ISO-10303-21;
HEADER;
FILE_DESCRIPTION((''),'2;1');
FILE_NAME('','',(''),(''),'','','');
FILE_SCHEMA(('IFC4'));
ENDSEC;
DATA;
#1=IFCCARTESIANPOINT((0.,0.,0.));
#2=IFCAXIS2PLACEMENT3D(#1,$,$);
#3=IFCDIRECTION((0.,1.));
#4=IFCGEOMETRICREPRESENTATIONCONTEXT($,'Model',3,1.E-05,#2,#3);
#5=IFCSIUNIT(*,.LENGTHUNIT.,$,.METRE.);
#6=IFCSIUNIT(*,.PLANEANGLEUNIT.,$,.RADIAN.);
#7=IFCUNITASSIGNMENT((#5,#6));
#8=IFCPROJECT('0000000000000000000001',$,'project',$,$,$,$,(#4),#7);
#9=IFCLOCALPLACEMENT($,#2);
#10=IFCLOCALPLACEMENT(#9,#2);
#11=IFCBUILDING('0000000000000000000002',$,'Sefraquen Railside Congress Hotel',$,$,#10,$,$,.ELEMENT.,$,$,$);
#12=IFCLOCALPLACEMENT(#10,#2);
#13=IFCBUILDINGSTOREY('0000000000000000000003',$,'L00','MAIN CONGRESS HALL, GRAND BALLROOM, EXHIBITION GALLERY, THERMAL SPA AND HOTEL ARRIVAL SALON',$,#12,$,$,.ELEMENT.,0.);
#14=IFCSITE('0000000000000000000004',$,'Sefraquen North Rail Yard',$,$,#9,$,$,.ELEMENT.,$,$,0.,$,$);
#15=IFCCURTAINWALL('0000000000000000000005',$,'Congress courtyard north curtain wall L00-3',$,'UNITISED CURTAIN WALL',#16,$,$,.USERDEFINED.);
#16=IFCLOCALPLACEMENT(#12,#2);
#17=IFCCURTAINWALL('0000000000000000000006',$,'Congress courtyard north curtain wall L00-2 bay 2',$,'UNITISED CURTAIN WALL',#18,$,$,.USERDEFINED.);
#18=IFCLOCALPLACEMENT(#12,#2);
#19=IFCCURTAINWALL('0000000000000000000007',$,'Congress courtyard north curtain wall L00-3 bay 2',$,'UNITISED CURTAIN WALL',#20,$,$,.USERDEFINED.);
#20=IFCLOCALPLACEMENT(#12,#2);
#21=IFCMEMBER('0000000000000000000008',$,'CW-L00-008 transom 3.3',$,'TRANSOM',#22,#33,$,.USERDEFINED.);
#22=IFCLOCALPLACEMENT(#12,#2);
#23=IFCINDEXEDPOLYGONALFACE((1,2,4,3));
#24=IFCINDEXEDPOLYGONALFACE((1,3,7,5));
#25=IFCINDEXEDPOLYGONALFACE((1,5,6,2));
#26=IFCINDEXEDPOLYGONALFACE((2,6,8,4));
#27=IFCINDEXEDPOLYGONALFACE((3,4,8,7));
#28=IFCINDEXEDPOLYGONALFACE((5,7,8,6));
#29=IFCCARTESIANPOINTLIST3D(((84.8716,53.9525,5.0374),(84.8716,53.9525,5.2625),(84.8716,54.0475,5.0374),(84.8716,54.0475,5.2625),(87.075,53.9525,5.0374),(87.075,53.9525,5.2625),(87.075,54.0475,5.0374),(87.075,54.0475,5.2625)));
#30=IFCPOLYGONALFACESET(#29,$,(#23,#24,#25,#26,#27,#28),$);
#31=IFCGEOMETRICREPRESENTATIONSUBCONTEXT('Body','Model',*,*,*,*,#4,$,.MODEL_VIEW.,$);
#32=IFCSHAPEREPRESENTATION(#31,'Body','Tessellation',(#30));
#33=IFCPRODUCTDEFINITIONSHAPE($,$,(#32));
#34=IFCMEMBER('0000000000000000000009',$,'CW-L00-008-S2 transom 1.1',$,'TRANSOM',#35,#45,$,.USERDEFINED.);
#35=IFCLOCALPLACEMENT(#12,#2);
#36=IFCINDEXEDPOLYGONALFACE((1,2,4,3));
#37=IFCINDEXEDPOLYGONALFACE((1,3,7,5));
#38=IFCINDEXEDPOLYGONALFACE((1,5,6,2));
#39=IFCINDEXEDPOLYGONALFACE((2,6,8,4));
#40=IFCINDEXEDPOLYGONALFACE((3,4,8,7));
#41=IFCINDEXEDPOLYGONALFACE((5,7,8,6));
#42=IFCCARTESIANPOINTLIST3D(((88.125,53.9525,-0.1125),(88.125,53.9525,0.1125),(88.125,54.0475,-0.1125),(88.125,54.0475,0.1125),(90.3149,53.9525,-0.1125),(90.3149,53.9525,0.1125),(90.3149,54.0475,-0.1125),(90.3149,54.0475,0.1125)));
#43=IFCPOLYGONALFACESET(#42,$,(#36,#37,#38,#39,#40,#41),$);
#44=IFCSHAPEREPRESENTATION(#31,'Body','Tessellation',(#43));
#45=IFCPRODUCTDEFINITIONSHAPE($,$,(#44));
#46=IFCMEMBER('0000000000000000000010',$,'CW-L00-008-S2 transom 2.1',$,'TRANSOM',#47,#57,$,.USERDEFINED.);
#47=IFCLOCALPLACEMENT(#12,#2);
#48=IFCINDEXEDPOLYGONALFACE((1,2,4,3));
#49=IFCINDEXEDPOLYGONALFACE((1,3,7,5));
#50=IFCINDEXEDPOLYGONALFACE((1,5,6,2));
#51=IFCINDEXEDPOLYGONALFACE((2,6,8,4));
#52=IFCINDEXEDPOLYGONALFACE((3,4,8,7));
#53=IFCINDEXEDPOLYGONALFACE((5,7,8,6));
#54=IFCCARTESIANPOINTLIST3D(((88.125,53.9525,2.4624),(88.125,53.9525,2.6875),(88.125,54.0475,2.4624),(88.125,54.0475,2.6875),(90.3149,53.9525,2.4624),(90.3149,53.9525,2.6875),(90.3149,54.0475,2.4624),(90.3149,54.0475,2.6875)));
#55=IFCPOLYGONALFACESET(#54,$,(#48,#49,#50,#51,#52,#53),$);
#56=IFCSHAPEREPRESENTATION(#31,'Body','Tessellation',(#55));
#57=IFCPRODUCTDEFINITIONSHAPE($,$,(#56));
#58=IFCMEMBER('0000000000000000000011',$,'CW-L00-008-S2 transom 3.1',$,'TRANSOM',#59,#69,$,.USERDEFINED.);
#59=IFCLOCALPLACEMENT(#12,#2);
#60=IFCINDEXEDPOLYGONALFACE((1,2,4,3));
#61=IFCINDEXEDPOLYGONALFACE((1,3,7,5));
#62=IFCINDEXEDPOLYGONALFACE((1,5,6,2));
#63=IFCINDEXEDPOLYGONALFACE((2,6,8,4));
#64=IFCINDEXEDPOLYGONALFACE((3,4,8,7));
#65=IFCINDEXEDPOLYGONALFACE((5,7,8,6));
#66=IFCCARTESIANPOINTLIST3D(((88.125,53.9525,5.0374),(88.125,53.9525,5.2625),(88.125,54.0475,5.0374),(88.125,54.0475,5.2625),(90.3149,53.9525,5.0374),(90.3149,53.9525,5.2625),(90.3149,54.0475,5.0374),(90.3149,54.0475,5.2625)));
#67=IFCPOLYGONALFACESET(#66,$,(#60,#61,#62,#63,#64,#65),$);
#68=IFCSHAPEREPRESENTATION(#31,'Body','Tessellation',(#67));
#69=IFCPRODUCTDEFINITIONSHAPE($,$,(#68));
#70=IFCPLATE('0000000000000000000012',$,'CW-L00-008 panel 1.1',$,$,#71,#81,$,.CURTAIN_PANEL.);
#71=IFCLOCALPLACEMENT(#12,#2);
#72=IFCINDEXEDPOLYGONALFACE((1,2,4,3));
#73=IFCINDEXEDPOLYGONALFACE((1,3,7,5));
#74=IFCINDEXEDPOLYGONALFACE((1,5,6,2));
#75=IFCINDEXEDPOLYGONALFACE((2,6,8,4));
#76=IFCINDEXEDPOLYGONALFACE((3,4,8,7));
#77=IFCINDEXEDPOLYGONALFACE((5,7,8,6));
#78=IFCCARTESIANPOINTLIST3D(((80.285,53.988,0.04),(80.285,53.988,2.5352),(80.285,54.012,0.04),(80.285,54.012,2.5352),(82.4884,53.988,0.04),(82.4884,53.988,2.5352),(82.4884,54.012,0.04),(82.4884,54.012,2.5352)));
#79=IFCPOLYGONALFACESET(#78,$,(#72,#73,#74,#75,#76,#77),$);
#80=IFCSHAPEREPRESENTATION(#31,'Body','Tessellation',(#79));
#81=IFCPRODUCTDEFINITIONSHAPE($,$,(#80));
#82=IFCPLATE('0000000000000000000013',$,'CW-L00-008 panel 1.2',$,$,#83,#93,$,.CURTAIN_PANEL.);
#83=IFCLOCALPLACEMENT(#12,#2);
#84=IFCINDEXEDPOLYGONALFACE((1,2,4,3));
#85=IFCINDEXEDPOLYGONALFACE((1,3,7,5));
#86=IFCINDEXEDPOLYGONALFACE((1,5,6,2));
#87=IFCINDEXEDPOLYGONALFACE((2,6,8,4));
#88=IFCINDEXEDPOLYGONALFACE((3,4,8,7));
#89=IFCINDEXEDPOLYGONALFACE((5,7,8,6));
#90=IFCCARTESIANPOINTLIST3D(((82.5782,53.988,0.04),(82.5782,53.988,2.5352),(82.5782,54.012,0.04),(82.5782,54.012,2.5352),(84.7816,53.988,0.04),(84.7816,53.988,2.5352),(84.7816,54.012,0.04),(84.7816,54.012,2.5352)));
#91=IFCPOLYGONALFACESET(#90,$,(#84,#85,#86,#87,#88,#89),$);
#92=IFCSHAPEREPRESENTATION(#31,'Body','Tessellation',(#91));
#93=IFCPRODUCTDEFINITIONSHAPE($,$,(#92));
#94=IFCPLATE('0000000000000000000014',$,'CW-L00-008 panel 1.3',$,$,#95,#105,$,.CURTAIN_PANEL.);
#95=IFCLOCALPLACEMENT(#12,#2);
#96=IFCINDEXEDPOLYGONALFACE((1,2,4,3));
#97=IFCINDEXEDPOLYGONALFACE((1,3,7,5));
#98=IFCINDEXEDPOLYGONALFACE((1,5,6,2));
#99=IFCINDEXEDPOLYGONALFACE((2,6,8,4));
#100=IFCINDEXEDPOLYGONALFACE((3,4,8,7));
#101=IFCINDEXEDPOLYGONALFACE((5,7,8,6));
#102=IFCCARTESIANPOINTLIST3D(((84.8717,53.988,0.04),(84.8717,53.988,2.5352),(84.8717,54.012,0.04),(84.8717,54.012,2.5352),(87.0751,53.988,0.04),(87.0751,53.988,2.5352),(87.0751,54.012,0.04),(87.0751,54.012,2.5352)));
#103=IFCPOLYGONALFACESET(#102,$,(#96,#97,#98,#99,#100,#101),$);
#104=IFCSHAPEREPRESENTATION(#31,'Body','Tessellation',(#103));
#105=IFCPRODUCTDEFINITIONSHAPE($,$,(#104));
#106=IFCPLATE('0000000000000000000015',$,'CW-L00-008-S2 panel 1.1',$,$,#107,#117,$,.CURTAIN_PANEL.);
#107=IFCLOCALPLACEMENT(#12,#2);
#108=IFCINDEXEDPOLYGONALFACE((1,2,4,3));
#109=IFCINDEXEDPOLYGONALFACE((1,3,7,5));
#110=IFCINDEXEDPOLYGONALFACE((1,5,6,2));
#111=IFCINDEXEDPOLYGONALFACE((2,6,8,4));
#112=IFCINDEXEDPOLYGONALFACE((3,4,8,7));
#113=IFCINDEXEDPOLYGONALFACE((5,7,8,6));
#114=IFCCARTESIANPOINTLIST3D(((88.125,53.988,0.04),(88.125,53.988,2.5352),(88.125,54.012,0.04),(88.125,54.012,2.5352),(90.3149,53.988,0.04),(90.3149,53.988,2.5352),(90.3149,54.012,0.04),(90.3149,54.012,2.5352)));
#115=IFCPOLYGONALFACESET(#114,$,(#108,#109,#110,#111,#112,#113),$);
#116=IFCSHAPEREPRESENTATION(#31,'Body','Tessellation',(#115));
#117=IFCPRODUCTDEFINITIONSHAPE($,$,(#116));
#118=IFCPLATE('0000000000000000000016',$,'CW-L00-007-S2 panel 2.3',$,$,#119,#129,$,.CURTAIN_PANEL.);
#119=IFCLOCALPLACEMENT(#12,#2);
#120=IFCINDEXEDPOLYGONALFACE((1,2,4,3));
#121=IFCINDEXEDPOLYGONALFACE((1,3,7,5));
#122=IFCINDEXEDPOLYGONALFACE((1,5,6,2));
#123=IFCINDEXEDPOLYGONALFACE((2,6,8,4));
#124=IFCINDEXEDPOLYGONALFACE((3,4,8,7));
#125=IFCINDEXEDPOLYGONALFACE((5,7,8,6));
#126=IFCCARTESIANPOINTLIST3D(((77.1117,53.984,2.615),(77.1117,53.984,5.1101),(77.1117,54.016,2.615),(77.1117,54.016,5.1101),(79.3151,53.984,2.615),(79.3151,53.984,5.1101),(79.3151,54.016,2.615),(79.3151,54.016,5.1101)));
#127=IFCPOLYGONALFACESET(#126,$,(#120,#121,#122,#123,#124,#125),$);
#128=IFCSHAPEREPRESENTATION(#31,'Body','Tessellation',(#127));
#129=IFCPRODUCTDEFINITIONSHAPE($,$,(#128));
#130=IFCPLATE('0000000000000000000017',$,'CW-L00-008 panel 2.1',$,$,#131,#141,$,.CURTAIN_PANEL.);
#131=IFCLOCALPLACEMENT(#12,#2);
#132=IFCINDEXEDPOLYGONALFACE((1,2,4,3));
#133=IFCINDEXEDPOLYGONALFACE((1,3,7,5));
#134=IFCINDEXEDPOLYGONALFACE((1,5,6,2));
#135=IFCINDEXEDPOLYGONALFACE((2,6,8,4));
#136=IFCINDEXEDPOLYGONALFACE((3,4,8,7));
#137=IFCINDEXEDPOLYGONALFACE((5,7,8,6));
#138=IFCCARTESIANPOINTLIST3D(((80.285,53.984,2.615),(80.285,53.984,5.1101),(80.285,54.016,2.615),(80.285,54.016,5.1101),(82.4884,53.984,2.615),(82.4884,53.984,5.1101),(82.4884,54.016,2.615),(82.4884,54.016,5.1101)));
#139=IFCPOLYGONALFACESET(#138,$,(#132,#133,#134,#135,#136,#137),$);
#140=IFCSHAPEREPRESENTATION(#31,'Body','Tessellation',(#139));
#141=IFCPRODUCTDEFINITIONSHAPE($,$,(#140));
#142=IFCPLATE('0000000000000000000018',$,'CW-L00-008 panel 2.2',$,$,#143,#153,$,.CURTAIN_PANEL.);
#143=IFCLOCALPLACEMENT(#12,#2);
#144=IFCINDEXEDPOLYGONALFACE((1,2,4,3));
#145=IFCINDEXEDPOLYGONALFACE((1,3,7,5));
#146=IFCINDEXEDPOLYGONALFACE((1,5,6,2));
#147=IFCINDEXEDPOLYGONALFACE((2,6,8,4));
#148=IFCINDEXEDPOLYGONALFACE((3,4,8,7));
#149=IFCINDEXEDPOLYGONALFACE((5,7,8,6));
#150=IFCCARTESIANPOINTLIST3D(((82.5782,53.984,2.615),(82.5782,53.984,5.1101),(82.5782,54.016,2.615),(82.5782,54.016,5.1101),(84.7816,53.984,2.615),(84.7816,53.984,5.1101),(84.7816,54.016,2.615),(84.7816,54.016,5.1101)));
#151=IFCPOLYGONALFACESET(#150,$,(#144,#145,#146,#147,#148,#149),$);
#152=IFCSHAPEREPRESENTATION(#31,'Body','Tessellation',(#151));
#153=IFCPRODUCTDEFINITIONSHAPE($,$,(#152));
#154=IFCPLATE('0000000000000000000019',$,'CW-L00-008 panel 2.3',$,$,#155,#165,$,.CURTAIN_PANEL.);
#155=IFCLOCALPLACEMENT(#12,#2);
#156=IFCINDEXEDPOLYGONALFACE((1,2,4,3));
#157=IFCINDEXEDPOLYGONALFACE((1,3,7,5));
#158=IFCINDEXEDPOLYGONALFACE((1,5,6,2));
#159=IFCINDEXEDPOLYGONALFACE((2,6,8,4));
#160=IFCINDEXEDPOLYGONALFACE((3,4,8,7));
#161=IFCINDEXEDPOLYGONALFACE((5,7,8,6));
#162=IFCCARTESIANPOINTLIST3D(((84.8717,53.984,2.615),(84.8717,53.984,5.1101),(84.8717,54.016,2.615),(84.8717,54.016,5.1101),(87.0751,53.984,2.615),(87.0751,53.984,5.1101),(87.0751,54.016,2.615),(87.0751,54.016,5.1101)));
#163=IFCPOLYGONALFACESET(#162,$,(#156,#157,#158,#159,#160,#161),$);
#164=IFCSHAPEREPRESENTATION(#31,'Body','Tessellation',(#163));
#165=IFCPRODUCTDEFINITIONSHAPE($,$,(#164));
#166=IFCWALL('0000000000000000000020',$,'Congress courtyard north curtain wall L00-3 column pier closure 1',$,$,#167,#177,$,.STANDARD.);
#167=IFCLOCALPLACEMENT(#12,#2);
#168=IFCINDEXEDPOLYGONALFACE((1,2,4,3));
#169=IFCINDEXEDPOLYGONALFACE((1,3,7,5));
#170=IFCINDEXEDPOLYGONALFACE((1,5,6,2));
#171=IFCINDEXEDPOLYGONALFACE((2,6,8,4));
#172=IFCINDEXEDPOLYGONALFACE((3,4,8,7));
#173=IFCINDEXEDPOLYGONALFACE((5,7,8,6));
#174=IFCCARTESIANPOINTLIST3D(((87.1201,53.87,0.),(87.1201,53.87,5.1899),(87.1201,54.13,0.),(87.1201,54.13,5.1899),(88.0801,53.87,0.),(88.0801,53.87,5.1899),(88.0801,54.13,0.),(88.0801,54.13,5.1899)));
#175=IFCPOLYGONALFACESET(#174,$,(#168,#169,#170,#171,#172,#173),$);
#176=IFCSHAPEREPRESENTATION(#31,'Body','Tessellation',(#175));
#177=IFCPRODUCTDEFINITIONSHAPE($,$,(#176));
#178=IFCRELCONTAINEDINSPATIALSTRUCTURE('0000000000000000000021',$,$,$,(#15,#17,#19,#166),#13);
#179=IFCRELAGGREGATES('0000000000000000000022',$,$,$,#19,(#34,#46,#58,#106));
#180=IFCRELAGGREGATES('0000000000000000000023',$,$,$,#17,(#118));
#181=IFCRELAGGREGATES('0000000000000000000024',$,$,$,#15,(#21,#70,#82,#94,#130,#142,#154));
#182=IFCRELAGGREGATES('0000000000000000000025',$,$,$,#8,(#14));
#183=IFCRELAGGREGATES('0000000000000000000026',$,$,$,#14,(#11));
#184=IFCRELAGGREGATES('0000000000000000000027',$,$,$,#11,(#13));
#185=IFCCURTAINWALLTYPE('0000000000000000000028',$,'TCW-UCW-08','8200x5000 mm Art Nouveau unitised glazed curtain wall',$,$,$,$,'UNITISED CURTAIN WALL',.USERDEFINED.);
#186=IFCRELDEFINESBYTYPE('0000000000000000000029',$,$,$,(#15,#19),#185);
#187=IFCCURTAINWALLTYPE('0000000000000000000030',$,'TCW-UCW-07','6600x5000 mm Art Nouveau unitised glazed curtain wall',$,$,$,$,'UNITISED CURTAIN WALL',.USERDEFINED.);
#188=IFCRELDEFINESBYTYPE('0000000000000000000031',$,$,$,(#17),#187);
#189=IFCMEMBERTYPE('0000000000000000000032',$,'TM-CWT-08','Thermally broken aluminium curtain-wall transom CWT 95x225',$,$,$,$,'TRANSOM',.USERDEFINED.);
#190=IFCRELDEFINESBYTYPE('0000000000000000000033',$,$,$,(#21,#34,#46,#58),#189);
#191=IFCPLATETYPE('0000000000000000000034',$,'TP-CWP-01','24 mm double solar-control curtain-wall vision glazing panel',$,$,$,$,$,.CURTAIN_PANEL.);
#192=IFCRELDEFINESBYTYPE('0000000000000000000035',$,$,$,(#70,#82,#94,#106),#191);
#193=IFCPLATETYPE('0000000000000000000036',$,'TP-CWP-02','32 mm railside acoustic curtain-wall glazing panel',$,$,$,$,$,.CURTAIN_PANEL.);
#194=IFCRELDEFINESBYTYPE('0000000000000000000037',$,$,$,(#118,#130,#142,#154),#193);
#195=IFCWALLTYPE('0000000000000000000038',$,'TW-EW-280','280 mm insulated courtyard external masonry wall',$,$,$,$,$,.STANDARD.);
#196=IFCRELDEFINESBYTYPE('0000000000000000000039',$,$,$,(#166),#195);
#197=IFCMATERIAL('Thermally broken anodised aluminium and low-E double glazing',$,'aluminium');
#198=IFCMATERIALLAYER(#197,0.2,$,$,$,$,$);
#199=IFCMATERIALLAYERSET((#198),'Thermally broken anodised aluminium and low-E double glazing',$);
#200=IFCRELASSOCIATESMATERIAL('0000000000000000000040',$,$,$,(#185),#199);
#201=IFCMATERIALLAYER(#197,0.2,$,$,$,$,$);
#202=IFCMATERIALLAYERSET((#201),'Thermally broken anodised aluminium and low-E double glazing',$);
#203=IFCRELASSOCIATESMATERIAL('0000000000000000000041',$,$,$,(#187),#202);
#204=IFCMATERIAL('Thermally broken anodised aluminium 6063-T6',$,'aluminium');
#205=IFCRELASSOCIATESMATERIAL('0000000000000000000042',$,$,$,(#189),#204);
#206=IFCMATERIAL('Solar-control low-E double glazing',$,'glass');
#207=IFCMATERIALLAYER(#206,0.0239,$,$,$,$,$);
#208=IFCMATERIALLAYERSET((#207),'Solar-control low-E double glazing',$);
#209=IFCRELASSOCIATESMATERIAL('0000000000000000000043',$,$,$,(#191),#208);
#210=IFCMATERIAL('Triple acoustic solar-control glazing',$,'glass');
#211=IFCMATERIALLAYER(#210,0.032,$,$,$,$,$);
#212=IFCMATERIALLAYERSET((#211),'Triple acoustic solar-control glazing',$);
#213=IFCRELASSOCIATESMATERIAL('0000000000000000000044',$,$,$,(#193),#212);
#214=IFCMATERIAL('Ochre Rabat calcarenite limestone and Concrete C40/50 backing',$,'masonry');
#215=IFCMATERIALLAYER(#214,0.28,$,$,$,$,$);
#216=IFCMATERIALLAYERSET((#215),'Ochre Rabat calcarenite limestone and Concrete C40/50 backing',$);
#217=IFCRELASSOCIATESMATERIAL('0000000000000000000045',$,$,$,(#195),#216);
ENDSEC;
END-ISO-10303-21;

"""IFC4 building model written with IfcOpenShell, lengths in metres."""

from ifc_helpers import new_model, si_unit, direction, frame, frame_2d, origin, origin_2d, place, context, subcontext, project, spatial, rectangle, extrude, material, layer, layer_set, material_profile, profile_set, type_object, element, aggregate, save


model = new_model("IFC4")

# Units and contexts
model_context = context("Model", 3, precision=1e-05, world=origin(), true_north=direction((0.0, 1.0)))
body_context = subcontext(model_context, "Body", "Model", "MODEL_VIEW")
ifc_project = project(units=[si_unit("LENGTHUNIT", "METRE"), si_unit("PLANEANGLEUNIT", "RADIAN")], contexts=[model_context])

# Site, building, storey
site_placement = place(None, origin())
site = spatial("IfcSite", under=ifc_project, at=site_placement, Name="Sefraquen North Rail Yard", CompositionType="ELEMENT", RefElevation=0.0)
building_placement = place(site_placement, origin())
building = spatial("IfcBuilding", under=site, at=building_placement, Name="Sefraquen Railside Congress Hotel", CompositionType="ELEMENT")
storey_placement = place(building_placement, origin())
storey = spatial("IfcBuildingStorey", under=building, at=storey_placement, Name="L00", Description="MAIN CONGRESS HALL, GRAND BALLROOM, EXHIBITION GALLERY, THERMAL SPA AND HOTEL ARRIVAL SALON", CompositionType="ELEMENT", Elevation=0.0)

# Curtain wall
ifc_material_1 = material(Name="Thermally broken anodised aluminium and low-E double glazing", Category="aluminium")
ifc_layer_1 = layer(ifc_material_1, 0.2)
ifc_layer_set_1 = layer_set([ifc_layer_1], Name="Thermally broken anodised aluminium and low-E double glazing")
curtain_wall_type_1 = type_object("IfcCurtainWallType", Name="TCW-UCW-08", Description="8200x5000 mm Art Nouveau unitised glazed curtain wall", ElementType="UNITISED CURTAIN WALL", PredefinedType="USERDEFINED", material=ifc_layer_set_1)
curtain_wall_1_placement = place(storey_placement, origin())
curtain_wall_1 = element("IfcCurtainWall", 1, at=curtain_wall_1_placement, inside=storey, type_object=curtain_wall_type_1, Name="Congress courtyard north curtain wall L00-3", ObjectType="UNITISED CURTAIN WALL", PredefinedType="USERDEFINED")
ifc_material_2 = material(Name="Thermally broken anodised aluminium 6063-T6", Category="aluminium")

# Curtain wall
ifc_layer_2 = layer(ifc_material_1, 0.2)
ifc_layer_set_2 = layer_set([ifc_layer_2], Name="Thermally broken anodised aluminium and low-E double glazing")
curtain_wall_type_2 = type_object("IfcCurtainWallType", Name="TCW-UCW-07", Description="6600x5000 mm Art Nouveau unitised glazed curtain wall", ElementType="UNITISED CURTAIN WALL", PredefinedType="USERDEFINED", material=ifc_layer_set_2)
curtain_wall_2_placement = place(storey_placement, origin())
curtain_wall_2 = element("IfcCurtainWall", 2, at=curtain_wall_2_placement, inside=storey, type_object=curtain_wall_type_2, Name="Congress courtyard north curtain wall L00-2 bay 2", ObjectType="UNITISED CURTAIN WALL", PredefinedType="USERDEFINED")

# Curtain wall
curtain_wall_3_placement = place(storey_placement, origin())
curtain_wall_3 = element("IfcCurtainWall", 3, at=curtain_wall_3_placement, inside=storey, type_object=curtain_wall_type_1, Name="Congress courtyard north curtain wall L00-3 bay 2", ObjectType="UNITISED CURTAIN WALL", PredefinedType="USERDEFINED")

# Members
ifc_material_profile_1 = material_profile(ifc_material_2, rectangle(XDim=0.095, YDim=0.2251, at=origin_2d()), Name="CWT 95x225")
ifc_profile_set_1 = profile_set([ifc_material_profile_1], Name="Thermally broken anodised aluminium 6063-T6")
member_type_1 = type_object("IfcMemberType", Name="TM-CWT-08", Description="Thermally broken aluminium curtain-wall transom CWT 95x225", ElementType="TRANSOM", PredefinedType="USERDEFINED", material=ifc_profile_set_1)
member_1_placement = place(storey_placement, frame((84.8716, 54.0, 5.1499), z_axis=(1.0, 0.0, 0.0), x_axis=(0.0, 1.0, 0.0)))
member_1 = element("IfcMember", 4, at=member_1_placement, type_object=member_type_1, Name="CW-L00-008 transom 3.3", ObjectType="TRANSOM", PredefinedType="USERDEFINED", context=body_context, shape_type="SweptSolid", body=[
    extrude(rectangle(XDim=0.095, YDim=0.2251, at=origin_2d()), origin(), (0.0, 0.0, 1.0), 2.2034),
])
member_2_placement = place(storey_placement, frame((88.125, 54.0, 0.0), z_axis=(1.0, 0.0, 0.0), x_axis=(0.0, 1.0, 0.0)))
member_2 = element("IfcMember", 5, at=member_2_placement, type_object=member_type_1, Name="CW-L00-008-S2 transom 1.1", ObjectType="TRANSOM", PredefinedType="USERDEFINED", context=body_context, shape_type="SweptSolid", body=[
    extrude(rectangle(XDim=0.095, YDim=0.2251, at=origin_2d()), origin(), (0.0, 0.0, 1.0), 2.1899),
])
member_3_placement = place(storey_placement, frame((88.125, 54.0, 2.575), z_axis=(1.0, 0.0, 0.0), x_axis=(0.0, 1.0, 0.0)))
member_3 = element("IfcMember", 6, at=member_3_placement, type_object=member_type_1, Name="CW-L00-008-S2 transom 2.1", ObjectType="TRANSOM", PredefinedType="USERDEFINED", context=body_context, shape_type="SweptSolid", body=[
    extrude(rectangle(XDim=0.095, YDim=0.2251, at=origin_2d()), origin(), (0.0, 0.0, 1.0), 2.1899),
])
member_4_placement = place(storey_placement, frame((88.125, 54.0, 5.1499), z_axis=(1.0, 0.0, 0.0), x_axis=(0.0, 1.0, 0.0)))
member_4 = element("IfcMember", 7, at=member_4_placement, type_object=member_type_1, Name="CW-L00-008-S2 transom 3.1", ObjectType="TRANSOM", PredefinedType="USERDEFINED", context=body_context, shape_type="SweptSolid", body=[
    extrude(rectangle(XDim=0.095, YDim=0.2251, at=origin_2d()), origin(), (0.0, 0.0, 1.0), 2.1899),
])

# Plates
ifc_material_3 = material(Name="Solar-control low-E double glazing", Category="glass")
ifc_layer_3 = layer(ifc_material_3, 0.0239)
ifc_layer_set_3 = layer_set([ifc_layer_3], Name="Solar-control low-E double glazing")
plate_type_1 = type_object("IfcPlateType", Name="TP-CWP-01", Description="24 mm double solar-control curtain-wall vision glazing panel", PredefinedType="CURTAIN_PANEL", material=ifc_layer_set_3)
plate_1_placement = place(storey_placement, frame((81.3867, 54.0, 0.04), z_axis=(0.0, 0.0, 1.0), x_axis=(1.0, 0.0, 0.0)))
plate_1 = element("IfcPlate", 8, at=plate_1_placement, type_object=plate_type_1, Name="CW-L00-008 panel 1.1", PredefinedType="CURTAIN_PANEL", context=body_context, shape_type="SweptSolid", body=[
    extrude(rectangle(XDim=2.2034, YDim=0.0239, at=origin_2d()), origin(), (0.0, 0.0, 1.0), 2.4951),
])
plate_2_placement = place(storey_placement, frame((83.6799, 54.0, 0.04), z_axis=(0.0, 0.0, 1.0), x_axis=(1.0, 0.0, 0.0)))
plate_2 = element("IfcPlate", 9, at=plate_2_placement, type_object=plate_type_1, Name="CW-L00-008 panel 1.2", PredefinedType="CURTAIN_PANEL", context=body_context, shape_type="SweptSolid", body=[
    extrude(rectangle(XDim=2.2034, YDim=0.0239, at=origin_2d()), origin(), (0.0, 0.0, 1.0), 2.4951),
])
plate_3_placement = place(storey_placement, frame((85.9734, 54.0, 0.04), z_axis=(0.0, 0.0, 1.0), x_axis=(1.0, 0.0, 0.0)))
plate_3 = element("IfcPlate", 10, at=plate_3_placement, type_object=plate_type_1, Name="CW-L00-008 panel 1.3", PredefinedType="CURTAIN_PANEL", context=body_context, shape_type="SweptSolid", body=[
    extrude(rectangle(XDim=2.2034, YDim=0.0239, at=origin_2d()), origin(), (0.0, 0.0, 1.0), 2.4951),
])
plate_4_placement = place(storey_placement, frame((89.22, 54.0, 0.04), z_axis=(0.0, 0.0, 1.0), x_axis=(1.0, 0.0, 0.0)))
plate_4 = element("IfcPlate", 11, at=plate_4_placement, type_object=plate_type_1, Name="CW-L00-008-S2 panel 1.1", PredefinedType="CURTAIN_PANEL", context=body_context, shape_type="SweptSolid", body=[
    extrude(rectangle(XDim=2.1899, YDim=0.0239, at=origin_2d()), origin(), (0.0, 0.0, 1.0), 2.4951),
])
aggregate(curtain_wall_3, [member_2, member_3, member_4, plate_4])
ifc_material_4 = material(Name="Triple acoustic solar-control glazing", Category="glass")
ifc_layer_4 = layer(ifc_material_4, 0.032)
ifc_layer_set_4 = layer_set([ifc_layer_4], Name="Triple acoustic solar-control glazing")
plate_type_2 = type_object("IfcPlateType", Name="TP-CWP-02", Description="32 mm railside acoustic curtain-wall glazing panel", PredefinedType="CURTAIN_PANEL", material=ifc_layer_set_4)
plate_5_placement = place(storey_placement, frame((78.2134, 54.0, 2.615), z_axis=(0.0, 0.0, 1.0), x_axis=(1.0, 0.0, 0.0)))
plate_5 = element("IfcPlate", 12, at=plate_5_placement, type_object=plate_type_2, Name="CW-L00-007-S2 panel 2.3", PredefinedType="CURTAIN_PANEL", context=body_context, shape_type="SweptSolid", body=[
    extrude(rectangle(XDim=2.2034, YDim=0.032, at=origin_2d()), origin(), (0.0, 0.0, 1.0), 2.4951),
])
aggregate(curtain_wall_2, [plate_5])
plate_6_placement = place(storey_placement, frame((81.3867, 54.0, 2.615), z_axis=(0.0, 0.0, 1.0), x_axis=(1.0, 0.0, 0.0)))
plate_6 = element("IfcPlate", 13, at=plate_6_placement, type_object=plate_type_2, Name="CW-L00-008 panel 2.1", PredefinedType="CURTAIN_PANEL", context=body_context, shape_type="SweptSolid", body=[
    extrude(rectangle(XDim=2.2034, YDim=0.032, at=origin_2d()), origin(), (0.0, 0.0, 1.0), 2.4951),
])
plate_7_placement = place(storey_placement, frame((83.6799, 54.0, 2.615), z_axis=(0.0, 0.0, 1.0), x_axis=(1.0, 0.0, 0.0)))
plate_7 = element("IfcPlate", 14, at=plate_7_placement, type_object=plate_type_2, Name="CW-L00-008 panel 2.2", PredefinedType="CURTAIN_PANEL", context=body_context, shape_type="SweptSolid", body=[
    extrude(rectangle(XDim=2.2034, YDim=0.032, at=origin_2d()), origin(), (0.0, 0.0, 1.0), 2.4951),
])
plate_8_placement = place(storey_placement, frame((85.9734, 54.0, 2.615), z_axis=(0.0, 0.0, 1.0), x_axis=(1.0, 0.0, 0.0)))
plate_8 = element("IfcPlate", 15, at=plate_8_placement, type_object=plate_type_2, Name="CW-L00-008 panel 2.3", PredefinedType="CURTAIN_PANEL", context=body_context, shape_type="SweptSolid", body=[
    extrude(rectangle(XDim=2.2034, YDim=0.032, at=origin_2d()), origin(), (0.0, 0.0, 1.0), 2.4951),
])
aggregate(curtain_wall_1, [member_1, plate_1, plate_2, plate_3, plate_6, plate_7, plate_8])

# Wall
ifc_material_5 = material(Name="Ochre Rabat calcarenite limestone and Concrete C40/50 backing", Category="masonry")
ifc_layer_5 = layer(ifc_material_5, 0.28)
ifc_layer_set_5 = layer_set([ifc_layer_5], Name="Ochre Rabat calcarenite limestone and Concrete C40/50 backing")
wall_type_1 = type_object("IfcWallType", Name="TW-EW-280", Description="280 mm insulated courtyard external masonry wall", PredefinedType="STANDARD", material=ifc_layer_set_5)
wall_1_placement = place(storey_placement, frame((87.1201, 54.0, 0.0), z_axis=(0.0, 0.0, 1.0), x_axis=(1.0, 0.0, 0.0)))
element("IfcWall", 16, at=wall_1_placement, inside=storey, type_object=wall_type_1, Name="Congress courtyard north curtain wall L00-3 column pier closure 1", PredefinedType="STANDARD", context=body_context, shape_type="SweptSolid", body=[
    extrude(rectangle(XDim=0.96, YDim=0.26, at=frame_2d((0.48, 0.0))), origin(), (0.0, 0.0, 1.0), 5.1899),
])

save(model, "model.ifc")
